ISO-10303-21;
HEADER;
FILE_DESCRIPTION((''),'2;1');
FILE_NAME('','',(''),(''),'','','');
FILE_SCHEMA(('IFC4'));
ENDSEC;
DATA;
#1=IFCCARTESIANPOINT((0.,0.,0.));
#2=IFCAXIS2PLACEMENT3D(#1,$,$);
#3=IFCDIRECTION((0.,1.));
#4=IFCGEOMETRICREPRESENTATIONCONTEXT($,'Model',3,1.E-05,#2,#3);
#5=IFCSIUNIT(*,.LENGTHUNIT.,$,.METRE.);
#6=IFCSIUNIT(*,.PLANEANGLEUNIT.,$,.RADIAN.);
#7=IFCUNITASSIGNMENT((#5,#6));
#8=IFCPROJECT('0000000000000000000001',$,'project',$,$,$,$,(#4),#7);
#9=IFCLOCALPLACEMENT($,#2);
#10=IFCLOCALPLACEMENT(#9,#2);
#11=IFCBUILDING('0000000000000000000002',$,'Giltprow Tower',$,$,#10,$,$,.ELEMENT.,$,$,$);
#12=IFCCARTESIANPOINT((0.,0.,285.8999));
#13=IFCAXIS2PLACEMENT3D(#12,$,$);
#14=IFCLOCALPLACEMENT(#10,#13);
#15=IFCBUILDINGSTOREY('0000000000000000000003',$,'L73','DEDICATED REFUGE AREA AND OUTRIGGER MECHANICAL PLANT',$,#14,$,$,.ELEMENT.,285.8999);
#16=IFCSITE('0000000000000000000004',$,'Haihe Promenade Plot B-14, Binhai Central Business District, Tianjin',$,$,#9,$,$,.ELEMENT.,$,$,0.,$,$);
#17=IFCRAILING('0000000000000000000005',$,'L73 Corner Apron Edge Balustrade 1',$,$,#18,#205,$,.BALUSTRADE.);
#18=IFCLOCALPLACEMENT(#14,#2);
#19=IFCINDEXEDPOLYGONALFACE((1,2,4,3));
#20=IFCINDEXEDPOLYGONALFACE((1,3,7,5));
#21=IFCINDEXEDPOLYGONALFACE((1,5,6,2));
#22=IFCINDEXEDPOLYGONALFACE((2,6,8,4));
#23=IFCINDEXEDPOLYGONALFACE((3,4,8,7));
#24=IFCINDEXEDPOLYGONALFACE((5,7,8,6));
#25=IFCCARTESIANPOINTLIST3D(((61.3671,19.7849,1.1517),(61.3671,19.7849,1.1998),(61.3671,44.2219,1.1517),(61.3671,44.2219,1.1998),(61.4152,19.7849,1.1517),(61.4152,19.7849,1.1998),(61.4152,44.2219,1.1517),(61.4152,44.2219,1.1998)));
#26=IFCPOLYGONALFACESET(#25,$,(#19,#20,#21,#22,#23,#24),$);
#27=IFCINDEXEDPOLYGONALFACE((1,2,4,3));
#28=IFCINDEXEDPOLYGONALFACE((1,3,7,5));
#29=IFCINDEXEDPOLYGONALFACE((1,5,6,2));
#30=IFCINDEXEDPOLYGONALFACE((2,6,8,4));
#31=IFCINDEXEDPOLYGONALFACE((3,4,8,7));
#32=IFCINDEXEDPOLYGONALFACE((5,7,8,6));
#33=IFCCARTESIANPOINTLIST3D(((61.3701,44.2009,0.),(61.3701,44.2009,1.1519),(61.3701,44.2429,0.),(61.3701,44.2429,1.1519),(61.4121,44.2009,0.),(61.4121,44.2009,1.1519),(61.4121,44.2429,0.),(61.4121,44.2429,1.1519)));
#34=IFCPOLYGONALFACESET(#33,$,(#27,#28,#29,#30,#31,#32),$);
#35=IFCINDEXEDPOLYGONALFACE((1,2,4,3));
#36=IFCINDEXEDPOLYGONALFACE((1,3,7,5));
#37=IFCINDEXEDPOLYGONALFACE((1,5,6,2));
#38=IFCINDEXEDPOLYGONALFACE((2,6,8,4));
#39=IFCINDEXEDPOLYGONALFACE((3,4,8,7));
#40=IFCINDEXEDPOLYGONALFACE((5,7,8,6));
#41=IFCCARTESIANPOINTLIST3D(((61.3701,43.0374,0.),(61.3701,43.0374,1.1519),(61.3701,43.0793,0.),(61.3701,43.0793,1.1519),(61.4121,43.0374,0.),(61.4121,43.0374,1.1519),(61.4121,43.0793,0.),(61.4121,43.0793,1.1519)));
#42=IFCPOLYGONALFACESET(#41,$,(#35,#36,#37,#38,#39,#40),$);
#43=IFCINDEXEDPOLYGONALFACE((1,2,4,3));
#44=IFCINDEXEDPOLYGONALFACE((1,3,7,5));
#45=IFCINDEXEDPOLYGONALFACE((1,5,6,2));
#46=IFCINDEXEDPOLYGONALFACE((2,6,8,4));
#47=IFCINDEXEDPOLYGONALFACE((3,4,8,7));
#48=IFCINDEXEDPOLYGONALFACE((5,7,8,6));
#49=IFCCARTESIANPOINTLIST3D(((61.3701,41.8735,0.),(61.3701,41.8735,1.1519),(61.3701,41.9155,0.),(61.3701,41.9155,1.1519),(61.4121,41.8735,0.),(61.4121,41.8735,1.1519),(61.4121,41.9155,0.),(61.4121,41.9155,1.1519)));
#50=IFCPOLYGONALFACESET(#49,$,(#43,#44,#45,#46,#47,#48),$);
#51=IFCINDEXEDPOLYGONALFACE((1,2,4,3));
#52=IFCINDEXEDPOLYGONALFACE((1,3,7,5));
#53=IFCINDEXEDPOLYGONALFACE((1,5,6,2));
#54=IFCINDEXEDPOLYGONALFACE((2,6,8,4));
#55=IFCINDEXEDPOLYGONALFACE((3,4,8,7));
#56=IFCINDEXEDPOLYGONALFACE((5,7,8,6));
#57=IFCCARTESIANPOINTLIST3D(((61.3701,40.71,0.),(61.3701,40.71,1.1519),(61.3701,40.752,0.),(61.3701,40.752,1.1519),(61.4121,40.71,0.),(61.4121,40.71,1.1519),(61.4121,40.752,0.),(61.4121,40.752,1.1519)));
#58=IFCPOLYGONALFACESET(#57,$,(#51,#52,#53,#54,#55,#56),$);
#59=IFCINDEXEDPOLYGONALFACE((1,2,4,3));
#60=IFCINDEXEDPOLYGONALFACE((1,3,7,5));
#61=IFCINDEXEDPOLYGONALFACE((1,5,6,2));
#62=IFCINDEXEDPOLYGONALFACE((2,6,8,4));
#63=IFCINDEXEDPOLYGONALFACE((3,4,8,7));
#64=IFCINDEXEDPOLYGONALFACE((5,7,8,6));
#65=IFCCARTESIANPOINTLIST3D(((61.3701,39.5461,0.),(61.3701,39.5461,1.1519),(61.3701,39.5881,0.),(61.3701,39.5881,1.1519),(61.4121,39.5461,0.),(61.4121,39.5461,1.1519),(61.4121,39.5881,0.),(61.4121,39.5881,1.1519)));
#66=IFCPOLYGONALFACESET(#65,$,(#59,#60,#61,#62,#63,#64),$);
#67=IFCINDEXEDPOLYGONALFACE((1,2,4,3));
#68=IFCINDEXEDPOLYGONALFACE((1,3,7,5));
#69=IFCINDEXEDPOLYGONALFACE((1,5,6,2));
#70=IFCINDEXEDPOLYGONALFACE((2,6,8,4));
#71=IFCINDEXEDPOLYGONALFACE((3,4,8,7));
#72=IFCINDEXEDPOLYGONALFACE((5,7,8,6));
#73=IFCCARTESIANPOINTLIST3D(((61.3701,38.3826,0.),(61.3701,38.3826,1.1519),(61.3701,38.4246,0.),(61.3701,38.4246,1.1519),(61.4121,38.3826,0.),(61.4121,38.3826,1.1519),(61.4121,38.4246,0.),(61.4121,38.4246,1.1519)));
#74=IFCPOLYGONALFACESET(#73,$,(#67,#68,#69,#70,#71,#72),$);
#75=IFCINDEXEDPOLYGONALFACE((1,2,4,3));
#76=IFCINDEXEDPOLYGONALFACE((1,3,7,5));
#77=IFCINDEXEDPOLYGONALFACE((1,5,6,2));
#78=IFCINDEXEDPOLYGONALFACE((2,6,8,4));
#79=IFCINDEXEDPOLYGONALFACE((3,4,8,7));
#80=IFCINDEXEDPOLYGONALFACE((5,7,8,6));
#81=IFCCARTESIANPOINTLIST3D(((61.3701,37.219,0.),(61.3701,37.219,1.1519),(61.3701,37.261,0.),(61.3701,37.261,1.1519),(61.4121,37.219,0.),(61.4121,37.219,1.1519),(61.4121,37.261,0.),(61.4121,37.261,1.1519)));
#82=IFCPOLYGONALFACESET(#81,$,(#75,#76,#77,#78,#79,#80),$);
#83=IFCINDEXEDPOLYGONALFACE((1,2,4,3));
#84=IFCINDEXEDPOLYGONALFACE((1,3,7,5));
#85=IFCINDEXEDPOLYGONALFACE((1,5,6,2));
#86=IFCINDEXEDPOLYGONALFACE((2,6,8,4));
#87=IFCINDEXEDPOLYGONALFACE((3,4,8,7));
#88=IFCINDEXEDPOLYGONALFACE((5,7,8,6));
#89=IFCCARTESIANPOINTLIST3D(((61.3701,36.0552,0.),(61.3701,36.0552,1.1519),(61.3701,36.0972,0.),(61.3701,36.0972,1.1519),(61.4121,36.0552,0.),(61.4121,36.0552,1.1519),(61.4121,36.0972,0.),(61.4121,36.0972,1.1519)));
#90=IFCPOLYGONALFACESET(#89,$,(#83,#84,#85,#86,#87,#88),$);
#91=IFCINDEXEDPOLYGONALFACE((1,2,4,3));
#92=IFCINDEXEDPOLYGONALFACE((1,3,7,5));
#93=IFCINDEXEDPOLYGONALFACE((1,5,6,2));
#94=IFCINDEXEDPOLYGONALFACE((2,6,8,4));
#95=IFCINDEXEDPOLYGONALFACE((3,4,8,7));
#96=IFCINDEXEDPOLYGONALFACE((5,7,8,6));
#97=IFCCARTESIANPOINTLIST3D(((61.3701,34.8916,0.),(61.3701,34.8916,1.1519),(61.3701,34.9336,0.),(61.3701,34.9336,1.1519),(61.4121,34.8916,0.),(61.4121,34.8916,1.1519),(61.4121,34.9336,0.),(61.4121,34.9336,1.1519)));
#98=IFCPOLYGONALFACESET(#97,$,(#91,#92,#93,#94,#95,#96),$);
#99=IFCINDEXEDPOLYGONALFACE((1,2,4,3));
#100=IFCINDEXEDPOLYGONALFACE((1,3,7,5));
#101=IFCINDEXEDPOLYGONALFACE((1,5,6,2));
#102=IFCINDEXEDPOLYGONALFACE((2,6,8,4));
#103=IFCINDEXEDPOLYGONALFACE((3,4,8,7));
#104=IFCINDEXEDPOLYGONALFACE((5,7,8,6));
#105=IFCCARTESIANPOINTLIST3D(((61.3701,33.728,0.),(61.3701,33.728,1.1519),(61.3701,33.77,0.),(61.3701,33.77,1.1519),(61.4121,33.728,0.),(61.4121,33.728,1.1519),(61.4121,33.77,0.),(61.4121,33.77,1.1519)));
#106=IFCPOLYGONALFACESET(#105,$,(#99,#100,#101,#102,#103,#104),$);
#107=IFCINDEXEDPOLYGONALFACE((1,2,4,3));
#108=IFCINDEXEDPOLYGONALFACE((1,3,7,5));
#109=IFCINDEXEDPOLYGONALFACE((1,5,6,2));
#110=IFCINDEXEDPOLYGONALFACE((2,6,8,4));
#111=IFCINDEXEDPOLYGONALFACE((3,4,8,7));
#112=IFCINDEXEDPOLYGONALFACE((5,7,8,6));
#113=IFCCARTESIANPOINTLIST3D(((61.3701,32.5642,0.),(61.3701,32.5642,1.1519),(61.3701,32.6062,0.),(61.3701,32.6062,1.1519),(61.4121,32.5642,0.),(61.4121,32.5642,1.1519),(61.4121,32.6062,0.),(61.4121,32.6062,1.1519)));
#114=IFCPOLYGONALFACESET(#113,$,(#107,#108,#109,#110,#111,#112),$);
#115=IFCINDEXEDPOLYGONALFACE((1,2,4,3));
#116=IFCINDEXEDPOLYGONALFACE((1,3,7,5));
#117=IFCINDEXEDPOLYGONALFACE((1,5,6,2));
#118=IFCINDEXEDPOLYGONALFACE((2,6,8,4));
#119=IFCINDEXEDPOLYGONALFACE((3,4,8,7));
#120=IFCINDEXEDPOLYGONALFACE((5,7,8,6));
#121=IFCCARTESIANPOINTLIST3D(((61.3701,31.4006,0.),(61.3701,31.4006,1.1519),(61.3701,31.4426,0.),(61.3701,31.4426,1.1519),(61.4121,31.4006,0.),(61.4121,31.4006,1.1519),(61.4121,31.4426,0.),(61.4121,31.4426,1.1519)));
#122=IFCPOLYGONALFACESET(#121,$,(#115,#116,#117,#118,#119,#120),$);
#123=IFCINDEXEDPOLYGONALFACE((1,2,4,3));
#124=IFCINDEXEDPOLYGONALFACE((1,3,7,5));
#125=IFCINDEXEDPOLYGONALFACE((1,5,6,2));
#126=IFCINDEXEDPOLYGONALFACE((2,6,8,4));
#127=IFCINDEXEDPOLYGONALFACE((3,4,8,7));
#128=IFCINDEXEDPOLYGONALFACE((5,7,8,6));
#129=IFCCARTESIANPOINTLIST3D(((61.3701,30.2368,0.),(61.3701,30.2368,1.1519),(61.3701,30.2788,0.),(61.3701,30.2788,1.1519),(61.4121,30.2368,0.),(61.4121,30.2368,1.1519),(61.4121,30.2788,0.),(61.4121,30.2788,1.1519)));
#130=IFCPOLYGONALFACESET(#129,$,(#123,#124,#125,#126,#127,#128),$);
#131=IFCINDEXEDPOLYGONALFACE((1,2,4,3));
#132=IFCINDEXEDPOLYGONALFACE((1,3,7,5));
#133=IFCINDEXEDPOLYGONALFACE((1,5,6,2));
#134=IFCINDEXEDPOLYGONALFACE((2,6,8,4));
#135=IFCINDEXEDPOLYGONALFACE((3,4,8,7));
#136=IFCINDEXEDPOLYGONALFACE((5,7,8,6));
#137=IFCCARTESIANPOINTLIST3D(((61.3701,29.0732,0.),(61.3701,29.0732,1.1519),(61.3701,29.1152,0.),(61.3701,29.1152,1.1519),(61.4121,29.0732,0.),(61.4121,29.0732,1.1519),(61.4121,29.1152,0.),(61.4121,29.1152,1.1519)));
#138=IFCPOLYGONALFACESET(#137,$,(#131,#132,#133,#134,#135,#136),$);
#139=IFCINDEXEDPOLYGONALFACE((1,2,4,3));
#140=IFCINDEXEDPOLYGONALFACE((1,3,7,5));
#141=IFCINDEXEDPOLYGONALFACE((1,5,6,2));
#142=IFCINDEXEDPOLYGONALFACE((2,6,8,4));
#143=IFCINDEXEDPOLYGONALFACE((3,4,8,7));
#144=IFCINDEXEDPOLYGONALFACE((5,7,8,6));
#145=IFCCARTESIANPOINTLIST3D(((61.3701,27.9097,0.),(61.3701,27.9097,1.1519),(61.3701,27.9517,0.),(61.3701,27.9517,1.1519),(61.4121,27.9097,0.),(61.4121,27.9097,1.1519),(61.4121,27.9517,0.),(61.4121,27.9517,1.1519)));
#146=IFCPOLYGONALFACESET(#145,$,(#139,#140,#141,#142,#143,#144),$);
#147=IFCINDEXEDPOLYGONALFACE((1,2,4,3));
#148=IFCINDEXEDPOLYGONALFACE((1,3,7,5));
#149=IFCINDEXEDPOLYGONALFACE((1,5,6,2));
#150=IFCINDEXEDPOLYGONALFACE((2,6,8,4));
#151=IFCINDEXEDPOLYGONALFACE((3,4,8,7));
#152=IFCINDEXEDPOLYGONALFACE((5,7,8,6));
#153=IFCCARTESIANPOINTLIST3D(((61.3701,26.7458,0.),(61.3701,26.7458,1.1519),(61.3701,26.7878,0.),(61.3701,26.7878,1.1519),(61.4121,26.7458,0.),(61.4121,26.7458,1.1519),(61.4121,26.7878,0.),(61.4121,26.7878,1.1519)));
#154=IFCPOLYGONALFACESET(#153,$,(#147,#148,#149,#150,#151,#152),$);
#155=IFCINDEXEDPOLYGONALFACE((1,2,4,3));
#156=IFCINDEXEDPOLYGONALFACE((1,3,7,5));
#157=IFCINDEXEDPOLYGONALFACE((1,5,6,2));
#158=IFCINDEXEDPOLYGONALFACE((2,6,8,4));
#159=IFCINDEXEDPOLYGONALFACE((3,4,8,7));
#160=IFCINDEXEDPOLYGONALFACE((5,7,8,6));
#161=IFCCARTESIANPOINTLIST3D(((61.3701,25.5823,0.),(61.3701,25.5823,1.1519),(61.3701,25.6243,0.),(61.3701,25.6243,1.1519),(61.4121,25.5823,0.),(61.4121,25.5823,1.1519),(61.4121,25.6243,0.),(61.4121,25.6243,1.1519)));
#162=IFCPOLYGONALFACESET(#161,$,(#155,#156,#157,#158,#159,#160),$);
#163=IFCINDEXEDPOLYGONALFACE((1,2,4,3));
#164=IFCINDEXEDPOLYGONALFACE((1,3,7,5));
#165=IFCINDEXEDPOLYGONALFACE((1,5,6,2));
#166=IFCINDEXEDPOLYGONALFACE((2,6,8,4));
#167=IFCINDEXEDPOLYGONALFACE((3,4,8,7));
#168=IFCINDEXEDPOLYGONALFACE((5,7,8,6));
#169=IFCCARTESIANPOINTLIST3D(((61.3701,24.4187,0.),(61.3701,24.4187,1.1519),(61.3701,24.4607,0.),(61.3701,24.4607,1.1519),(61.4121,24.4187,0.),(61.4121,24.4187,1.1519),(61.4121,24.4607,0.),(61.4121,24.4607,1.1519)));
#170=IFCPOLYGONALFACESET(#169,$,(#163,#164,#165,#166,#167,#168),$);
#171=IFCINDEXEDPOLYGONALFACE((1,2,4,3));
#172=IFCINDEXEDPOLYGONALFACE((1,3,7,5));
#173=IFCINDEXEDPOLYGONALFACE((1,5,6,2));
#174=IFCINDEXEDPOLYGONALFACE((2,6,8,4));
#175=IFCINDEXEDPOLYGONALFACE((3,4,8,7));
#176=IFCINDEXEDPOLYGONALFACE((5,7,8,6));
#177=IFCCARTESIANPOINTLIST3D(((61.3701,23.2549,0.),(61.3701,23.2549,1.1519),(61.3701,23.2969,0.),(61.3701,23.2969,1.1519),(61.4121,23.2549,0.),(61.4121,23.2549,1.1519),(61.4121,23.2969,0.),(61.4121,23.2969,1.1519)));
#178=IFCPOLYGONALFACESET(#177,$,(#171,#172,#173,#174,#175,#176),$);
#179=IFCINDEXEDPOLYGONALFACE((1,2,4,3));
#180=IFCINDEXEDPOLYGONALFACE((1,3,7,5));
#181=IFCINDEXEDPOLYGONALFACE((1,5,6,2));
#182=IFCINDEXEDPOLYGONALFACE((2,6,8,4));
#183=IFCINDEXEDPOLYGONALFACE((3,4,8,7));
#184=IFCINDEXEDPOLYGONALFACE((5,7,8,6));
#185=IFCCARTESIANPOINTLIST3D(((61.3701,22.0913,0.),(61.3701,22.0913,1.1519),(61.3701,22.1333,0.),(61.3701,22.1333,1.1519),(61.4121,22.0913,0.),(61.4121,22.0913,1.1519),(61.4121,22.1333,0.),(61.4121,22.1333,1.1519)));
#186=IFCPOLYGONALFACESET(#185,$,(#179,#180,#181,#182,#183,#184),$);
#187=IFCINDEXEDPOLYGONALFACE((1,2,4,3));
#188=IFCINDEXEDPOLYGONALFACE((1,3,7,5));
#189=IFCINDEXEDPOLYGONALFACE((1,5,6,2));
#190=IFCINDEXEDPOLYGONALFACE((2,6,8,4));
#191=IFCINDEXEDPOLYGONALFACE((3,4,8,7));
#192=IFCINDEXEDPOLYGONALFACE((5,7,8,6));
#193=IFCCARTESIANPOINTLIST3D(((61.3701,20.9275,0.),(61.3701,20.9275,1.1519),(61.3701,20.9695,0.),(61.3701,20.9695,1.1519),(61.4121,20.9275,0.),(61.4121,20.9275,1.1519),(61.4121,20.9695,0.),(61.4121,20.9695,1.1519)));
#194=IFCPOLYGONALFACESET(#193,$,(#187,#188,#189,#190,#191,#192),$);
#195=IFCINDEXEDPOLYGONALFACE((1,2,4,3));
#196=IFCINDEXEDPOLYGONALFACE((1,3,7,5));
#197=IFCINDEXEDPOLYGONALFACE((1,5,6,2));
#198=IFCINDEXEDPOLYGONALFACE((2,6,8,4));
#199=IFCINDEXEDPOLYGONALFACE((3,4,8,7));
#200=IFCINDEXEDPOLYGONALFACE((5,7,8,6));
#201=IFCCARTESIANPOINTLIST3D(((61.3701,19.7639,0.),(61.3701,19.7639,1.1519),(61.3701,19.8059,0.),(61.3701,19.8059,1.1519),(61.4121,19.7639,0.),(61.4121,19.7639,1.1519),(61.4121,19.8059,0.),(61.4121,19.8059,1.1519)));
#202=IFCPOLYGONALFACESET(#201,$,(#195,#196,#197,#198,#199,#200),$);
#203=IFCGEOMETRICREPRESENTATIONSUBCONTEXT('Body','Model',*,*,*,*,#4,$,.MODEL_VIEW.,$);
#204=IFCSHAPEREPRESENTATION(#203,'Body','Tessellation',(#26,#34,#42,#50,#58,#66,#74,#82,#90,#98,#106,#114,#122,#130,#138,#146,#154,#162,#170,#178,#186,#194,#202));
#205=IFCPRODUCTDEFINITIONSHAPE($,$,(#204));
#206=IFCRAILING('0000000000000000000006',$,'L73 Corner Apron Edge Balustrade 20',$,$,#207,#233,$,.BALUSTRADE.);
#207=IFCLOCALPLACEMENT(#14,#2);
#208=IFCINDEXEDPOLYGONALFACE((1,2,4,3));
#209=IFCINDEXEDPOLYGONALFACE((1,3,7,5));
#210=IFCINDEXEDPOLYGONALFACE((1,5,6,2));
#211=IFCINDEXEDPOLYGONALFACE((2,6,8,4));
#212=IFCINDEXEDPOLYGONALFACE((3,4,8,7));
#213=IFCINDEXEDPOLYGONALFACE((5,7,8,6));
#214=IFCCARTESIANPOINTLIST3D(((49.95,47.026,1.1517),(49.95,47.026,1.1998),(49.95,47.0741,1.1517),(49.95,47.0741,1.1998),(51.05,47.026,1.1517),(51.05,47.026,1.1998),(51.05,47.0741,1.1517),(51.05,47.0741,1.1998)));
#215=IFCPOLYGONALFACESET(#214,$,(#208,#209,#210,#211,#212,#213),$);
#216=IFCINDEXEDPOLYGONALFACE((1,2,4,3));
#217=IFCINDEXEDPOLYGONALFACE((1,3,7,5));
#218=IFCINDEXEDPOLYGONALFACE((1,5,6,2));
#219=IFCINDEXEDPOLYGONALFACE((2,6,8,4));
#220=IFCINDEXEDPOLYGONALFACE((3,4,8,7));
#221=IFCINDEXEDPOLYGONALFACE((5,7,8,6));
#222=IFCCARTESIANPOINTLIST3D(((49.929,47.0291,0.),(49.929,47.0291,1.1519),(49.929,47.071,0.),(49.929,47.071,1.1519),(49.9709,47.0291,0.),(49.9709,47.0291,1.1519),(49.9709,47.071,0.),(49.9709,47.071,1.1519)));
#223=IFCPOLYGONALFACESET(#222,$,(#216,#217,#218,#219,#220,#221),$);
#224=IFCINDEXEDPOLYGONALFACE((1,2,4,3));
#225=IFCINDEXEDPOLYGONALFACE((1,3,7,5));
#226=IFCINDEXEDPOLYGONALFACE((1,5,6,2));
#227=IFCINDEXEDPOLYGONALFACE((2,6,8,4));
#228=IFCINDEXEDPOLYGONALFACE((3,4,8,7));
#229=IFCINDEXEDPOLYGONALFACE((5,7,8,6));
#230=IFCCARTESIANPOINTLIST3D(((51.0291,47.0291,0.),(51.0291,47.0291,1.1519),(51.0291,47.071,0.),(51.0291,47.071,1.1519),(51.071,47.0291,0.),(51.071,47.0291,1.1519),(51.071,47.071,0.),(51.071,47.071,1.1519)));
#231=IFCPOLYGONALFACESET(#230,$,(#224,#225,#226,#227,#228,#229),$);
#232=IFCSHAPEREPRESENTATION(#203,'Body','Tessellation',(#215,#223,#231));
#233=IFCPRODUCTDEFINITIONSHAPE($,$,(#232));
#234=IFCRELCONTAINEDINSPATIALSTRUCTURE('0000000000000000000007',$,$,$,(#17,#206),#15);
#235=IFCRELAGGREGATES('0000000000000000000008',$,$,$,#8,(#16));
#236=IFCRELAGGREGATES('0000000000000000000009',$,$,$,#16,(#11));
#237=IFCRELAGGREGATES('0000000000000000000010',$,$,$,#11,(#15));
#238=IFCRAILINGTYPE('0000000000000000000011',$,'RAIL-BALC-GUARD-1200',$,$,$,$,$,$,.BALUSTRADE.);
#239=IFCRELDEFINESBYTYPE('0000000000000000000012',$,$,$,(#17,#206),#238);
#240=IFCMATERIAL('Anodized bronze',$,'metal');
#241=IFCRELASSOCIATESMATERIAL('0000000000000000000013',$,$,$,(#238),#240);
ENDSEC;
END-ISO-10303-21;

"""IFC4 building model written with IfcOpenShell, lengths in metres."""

from ifc_helpers import new_model, si_unit, direction, frame, origin, origin_2d, place, context, subcontext, project, spatial, rectangle, extrude, material, type_object, element, save


model = new_model("IFC4")

# Units and contexts
model_context = context("Model", 3, precision=1e-05, world=origin(), true_north=direction((0.0, 1.0)))
body_context = subcontext(model_context, "Body", "Model", "MODEL_VIEW")
ifc_project = project(units=[si_unit("LENGTHUNIT", "METRE"), si_unit("PLANEANGLEUNIT", "RADIAN")], contexts=[model_context])

# Site, building, storey
site_placement = place(None, origin())
site = spatial("IfcSite", under=ifc_project, at=site_placement, Name="Haihe Promenade Plot B-14, Binhai Central Business District, Tianjin", CompositionType="ELEMENT", RefElevation=0.0)
building_placement = place(site_placement, origin())
building = spatial("IfcBuilding", under=site, at=building_placement, Name="Giltprow Tower", CompositionType="ELEMENT")
storey_placement = place(building_placement, frame((0.0, 0.0, 285.8999)))
storey = spatial("IfcBuildingStorey", under=building, at=storey_placement, Name="L73", Description="DEDICATED REFUGE AREA AND OUTRIGGER MECHANICAL PLANT", CompositionType="ELEMENT", Elevation=285.8999)

# Railings
ifc_material_1 = material(Name="Anodized bronze", Category="metal")
railing_type_1 = type_object("IfcRailingType", Name="RAIL-BALC-GUARD-1200", PredefinedType="BALUSTRADE", material=ifc_material_1)
railing_1_placement = place(storey_placement, frame((61.3911, 44.2219, 0.0)))
element("IfcRailing", 1, at=railing_1_placement, inside=storey, type_object=railing_type_1, Name="L73 Corner Apron Edge Balustrade 1", PredefinedType="BALUSTRADE", context=body_context, shape_type="SweptSolid", body=[
    extrude(rectangle(XDim=0.0481, YDim=0.0481, at=origin_2d()), frame((0.0, 0.0, 1.1758), z_axis=(0.0, -1.0, 0.0), x_axis=(1.0, 0.0, 0.0)), (0.0, 0.0, 1.0), 24.437),
    extrude(rectangle(XDim=0.042, YDim=0.042, at=origin_2d()), origin(), (0.0, 0.0, 1.0), 1.1519),
    extrude(rectangle(XDim=0.042, YDim=0.042, at=origin_2d()), frame((0.0, -1.1636, 0.0)), (0.0, 0.0, 1.0), 1.1519),
    extrude(rectangle(XDim=0.042, YDim=0.042, at=origin_2d()), frame((0.0, -2.3274, 0.0)), (0.0, 0.0, 1.0), 1.1519),
    extrude(rectangle(XDim=0.042, YDim=0.042, at=origin_2d()), frame((0.0, -3.491, 0.0)), (0.0, 0.0, 1.0), 1.1519),
    extrude(rectangle(XDim=0.042, YDim=0.042, at=origin_2d()), frame((0.0, -4.6548, 0.0)), (0.0, 0.0, 1.0), 1.1519),
    extrude(rectangle(XDim=0.042, YDim=0.042, at=origin_2d()), frame((0.0, -5.8184, 0.0)), (0.0, 0.0, 1.0), 1.1519),
    extrude(rectangle(XDim=0.042, YDim=0.042, at=origin_2d()), frame((0.0, -6.9819, 0.0)), (0.0, 0.0, 1.0), 1.1519),
    extrude(rectangle(XDim=0.042, YDim=0.042, at=origin_2d()), frame((0.0, -8.1458, 0.0)), (0.0, 0.0, 1.0), 1.1519),
    extrude(rectangle(XDim=0.042, YDim=0.042, at=origin_2d()), frame((0.0, -9.3093, 0.0)), (0.0, 0.0, 1.0), 1.1519),
    extrude(rectangle(XDim=0.042, YDim=0.042, at=origin_2d()), frame((0.0, -10.4729, 0.0)), (0.0, 0.0, 1.0), 1.1519),
    extrude(rectangle(XDim=0.042, YDim=0.042, at=origin_2d()), frame((0.0, -11.6367, 0.0)), (0.0, 0.0, 1.0), 1.1519),
    extrude(rectangle(XDim=0.042, YDim=0.042, at=origin_2d()), frame((0.0, -12.8003, 0.0)), (0.0, 0.0, 1.0), 1.1519),
    extrude(rectangle(XDim=0.042, YDim=0.042, at=origin_2d()), frame((0.0, -13.9641, 0.0)), (0.0, 0.0, 1.0), 1.1519),
    extrude(rectangle(XDim=0.042, YDim=0.042, at=origin_2d()), frame((0.0, -15.1277, 0.0)), (0.0, 0.0, 1.0), 1.1519),
    extrude(rectangle(XDim=0.042, YDim=0.042, at=origin_2d()), frame((0.0, -16.2913, 0.0)), (0.0, 0.0, 1.0), 1.1519),
    extrude(rectangle(XDim=0.042, YDim=0.042, at=origin_2d()), frame((0.0, -17.4551, 0.0)), (0.0, 0.0, 1.0), 1.1519),
    extrude(rectangle(XDim=0.042, YDim=0.042, at=origin_2d()), frame((0.0, -18.6187, 0.0)), (0.0, 0.0, 1.0), 1.1519),
    extrude(rectangle(XDim=0.042, YDim=0.042, at=origin_2d()), frame((0.0, -19.7822, 0.0)), (0.0, 0.0, 1.0), 1.1519),
    extrude(rectangle(XDim=0.042, YDim=0.042, at=origin_2d()), frame((0.0, -20.946, 0.0)), (0.0, 0.0, 1.0), 1.1519),
    extrude(rectangle(XDim=0.042, YDim=0.042, at=origin_2d()), frame((0.0, -22.1096, 0.0)), (0.0, 0.0, 1.0), 1.1519),
    extrude(rectangle(XDim=0.042, YDim=0.042, at=origin_2d()), frame((0.0, -23.2734, 0.0)), (0.0, 0.0, 1.0), 1.1519),
    extrude(rectangle(XDim=0.042, YDim=0.042, at=origin_2d()), frame((0.0, -24.437, 0.0)), (0.0, 0.0, 1.0), 1.1519),
])
railing_2_placement = place(storey_placement, frame((49.95, 47.05, 0.0)))
element("IfcRailing", 2, at=railing_2_placement, inside=storey, type_object=railing_type_1, Name="L73 Corner Apron Edge Balustrade 20", PredefinedType="BALUSTRADE", context=body_context, shape_type="SweptSolid", body=[
    extrude(rectangle(XDim=0.0481, YDim=0.0481, at=origin_2d()), frame((0.0, 0.0, 1.1758), z_axis=(1.0, 0.0, 0.0), x_axis=(0.0, 1.0, 0.0)), (0.0, 0.0, 1.0), 1.1001),
    extrude(rectangle(XDim=0.042, YDim=0.042, at=origin_2d()), origin(), (0.0, 0.0, 1.0), 1.1519),
    extrude(rectangle(XDim=0.042, YDim=0.042, at=origin_2d()), frame((1.1001, 0.0, 0.0)), (0.0, 0.0, 1.0), 1.1519),
])

save(model, "model.ifc")
